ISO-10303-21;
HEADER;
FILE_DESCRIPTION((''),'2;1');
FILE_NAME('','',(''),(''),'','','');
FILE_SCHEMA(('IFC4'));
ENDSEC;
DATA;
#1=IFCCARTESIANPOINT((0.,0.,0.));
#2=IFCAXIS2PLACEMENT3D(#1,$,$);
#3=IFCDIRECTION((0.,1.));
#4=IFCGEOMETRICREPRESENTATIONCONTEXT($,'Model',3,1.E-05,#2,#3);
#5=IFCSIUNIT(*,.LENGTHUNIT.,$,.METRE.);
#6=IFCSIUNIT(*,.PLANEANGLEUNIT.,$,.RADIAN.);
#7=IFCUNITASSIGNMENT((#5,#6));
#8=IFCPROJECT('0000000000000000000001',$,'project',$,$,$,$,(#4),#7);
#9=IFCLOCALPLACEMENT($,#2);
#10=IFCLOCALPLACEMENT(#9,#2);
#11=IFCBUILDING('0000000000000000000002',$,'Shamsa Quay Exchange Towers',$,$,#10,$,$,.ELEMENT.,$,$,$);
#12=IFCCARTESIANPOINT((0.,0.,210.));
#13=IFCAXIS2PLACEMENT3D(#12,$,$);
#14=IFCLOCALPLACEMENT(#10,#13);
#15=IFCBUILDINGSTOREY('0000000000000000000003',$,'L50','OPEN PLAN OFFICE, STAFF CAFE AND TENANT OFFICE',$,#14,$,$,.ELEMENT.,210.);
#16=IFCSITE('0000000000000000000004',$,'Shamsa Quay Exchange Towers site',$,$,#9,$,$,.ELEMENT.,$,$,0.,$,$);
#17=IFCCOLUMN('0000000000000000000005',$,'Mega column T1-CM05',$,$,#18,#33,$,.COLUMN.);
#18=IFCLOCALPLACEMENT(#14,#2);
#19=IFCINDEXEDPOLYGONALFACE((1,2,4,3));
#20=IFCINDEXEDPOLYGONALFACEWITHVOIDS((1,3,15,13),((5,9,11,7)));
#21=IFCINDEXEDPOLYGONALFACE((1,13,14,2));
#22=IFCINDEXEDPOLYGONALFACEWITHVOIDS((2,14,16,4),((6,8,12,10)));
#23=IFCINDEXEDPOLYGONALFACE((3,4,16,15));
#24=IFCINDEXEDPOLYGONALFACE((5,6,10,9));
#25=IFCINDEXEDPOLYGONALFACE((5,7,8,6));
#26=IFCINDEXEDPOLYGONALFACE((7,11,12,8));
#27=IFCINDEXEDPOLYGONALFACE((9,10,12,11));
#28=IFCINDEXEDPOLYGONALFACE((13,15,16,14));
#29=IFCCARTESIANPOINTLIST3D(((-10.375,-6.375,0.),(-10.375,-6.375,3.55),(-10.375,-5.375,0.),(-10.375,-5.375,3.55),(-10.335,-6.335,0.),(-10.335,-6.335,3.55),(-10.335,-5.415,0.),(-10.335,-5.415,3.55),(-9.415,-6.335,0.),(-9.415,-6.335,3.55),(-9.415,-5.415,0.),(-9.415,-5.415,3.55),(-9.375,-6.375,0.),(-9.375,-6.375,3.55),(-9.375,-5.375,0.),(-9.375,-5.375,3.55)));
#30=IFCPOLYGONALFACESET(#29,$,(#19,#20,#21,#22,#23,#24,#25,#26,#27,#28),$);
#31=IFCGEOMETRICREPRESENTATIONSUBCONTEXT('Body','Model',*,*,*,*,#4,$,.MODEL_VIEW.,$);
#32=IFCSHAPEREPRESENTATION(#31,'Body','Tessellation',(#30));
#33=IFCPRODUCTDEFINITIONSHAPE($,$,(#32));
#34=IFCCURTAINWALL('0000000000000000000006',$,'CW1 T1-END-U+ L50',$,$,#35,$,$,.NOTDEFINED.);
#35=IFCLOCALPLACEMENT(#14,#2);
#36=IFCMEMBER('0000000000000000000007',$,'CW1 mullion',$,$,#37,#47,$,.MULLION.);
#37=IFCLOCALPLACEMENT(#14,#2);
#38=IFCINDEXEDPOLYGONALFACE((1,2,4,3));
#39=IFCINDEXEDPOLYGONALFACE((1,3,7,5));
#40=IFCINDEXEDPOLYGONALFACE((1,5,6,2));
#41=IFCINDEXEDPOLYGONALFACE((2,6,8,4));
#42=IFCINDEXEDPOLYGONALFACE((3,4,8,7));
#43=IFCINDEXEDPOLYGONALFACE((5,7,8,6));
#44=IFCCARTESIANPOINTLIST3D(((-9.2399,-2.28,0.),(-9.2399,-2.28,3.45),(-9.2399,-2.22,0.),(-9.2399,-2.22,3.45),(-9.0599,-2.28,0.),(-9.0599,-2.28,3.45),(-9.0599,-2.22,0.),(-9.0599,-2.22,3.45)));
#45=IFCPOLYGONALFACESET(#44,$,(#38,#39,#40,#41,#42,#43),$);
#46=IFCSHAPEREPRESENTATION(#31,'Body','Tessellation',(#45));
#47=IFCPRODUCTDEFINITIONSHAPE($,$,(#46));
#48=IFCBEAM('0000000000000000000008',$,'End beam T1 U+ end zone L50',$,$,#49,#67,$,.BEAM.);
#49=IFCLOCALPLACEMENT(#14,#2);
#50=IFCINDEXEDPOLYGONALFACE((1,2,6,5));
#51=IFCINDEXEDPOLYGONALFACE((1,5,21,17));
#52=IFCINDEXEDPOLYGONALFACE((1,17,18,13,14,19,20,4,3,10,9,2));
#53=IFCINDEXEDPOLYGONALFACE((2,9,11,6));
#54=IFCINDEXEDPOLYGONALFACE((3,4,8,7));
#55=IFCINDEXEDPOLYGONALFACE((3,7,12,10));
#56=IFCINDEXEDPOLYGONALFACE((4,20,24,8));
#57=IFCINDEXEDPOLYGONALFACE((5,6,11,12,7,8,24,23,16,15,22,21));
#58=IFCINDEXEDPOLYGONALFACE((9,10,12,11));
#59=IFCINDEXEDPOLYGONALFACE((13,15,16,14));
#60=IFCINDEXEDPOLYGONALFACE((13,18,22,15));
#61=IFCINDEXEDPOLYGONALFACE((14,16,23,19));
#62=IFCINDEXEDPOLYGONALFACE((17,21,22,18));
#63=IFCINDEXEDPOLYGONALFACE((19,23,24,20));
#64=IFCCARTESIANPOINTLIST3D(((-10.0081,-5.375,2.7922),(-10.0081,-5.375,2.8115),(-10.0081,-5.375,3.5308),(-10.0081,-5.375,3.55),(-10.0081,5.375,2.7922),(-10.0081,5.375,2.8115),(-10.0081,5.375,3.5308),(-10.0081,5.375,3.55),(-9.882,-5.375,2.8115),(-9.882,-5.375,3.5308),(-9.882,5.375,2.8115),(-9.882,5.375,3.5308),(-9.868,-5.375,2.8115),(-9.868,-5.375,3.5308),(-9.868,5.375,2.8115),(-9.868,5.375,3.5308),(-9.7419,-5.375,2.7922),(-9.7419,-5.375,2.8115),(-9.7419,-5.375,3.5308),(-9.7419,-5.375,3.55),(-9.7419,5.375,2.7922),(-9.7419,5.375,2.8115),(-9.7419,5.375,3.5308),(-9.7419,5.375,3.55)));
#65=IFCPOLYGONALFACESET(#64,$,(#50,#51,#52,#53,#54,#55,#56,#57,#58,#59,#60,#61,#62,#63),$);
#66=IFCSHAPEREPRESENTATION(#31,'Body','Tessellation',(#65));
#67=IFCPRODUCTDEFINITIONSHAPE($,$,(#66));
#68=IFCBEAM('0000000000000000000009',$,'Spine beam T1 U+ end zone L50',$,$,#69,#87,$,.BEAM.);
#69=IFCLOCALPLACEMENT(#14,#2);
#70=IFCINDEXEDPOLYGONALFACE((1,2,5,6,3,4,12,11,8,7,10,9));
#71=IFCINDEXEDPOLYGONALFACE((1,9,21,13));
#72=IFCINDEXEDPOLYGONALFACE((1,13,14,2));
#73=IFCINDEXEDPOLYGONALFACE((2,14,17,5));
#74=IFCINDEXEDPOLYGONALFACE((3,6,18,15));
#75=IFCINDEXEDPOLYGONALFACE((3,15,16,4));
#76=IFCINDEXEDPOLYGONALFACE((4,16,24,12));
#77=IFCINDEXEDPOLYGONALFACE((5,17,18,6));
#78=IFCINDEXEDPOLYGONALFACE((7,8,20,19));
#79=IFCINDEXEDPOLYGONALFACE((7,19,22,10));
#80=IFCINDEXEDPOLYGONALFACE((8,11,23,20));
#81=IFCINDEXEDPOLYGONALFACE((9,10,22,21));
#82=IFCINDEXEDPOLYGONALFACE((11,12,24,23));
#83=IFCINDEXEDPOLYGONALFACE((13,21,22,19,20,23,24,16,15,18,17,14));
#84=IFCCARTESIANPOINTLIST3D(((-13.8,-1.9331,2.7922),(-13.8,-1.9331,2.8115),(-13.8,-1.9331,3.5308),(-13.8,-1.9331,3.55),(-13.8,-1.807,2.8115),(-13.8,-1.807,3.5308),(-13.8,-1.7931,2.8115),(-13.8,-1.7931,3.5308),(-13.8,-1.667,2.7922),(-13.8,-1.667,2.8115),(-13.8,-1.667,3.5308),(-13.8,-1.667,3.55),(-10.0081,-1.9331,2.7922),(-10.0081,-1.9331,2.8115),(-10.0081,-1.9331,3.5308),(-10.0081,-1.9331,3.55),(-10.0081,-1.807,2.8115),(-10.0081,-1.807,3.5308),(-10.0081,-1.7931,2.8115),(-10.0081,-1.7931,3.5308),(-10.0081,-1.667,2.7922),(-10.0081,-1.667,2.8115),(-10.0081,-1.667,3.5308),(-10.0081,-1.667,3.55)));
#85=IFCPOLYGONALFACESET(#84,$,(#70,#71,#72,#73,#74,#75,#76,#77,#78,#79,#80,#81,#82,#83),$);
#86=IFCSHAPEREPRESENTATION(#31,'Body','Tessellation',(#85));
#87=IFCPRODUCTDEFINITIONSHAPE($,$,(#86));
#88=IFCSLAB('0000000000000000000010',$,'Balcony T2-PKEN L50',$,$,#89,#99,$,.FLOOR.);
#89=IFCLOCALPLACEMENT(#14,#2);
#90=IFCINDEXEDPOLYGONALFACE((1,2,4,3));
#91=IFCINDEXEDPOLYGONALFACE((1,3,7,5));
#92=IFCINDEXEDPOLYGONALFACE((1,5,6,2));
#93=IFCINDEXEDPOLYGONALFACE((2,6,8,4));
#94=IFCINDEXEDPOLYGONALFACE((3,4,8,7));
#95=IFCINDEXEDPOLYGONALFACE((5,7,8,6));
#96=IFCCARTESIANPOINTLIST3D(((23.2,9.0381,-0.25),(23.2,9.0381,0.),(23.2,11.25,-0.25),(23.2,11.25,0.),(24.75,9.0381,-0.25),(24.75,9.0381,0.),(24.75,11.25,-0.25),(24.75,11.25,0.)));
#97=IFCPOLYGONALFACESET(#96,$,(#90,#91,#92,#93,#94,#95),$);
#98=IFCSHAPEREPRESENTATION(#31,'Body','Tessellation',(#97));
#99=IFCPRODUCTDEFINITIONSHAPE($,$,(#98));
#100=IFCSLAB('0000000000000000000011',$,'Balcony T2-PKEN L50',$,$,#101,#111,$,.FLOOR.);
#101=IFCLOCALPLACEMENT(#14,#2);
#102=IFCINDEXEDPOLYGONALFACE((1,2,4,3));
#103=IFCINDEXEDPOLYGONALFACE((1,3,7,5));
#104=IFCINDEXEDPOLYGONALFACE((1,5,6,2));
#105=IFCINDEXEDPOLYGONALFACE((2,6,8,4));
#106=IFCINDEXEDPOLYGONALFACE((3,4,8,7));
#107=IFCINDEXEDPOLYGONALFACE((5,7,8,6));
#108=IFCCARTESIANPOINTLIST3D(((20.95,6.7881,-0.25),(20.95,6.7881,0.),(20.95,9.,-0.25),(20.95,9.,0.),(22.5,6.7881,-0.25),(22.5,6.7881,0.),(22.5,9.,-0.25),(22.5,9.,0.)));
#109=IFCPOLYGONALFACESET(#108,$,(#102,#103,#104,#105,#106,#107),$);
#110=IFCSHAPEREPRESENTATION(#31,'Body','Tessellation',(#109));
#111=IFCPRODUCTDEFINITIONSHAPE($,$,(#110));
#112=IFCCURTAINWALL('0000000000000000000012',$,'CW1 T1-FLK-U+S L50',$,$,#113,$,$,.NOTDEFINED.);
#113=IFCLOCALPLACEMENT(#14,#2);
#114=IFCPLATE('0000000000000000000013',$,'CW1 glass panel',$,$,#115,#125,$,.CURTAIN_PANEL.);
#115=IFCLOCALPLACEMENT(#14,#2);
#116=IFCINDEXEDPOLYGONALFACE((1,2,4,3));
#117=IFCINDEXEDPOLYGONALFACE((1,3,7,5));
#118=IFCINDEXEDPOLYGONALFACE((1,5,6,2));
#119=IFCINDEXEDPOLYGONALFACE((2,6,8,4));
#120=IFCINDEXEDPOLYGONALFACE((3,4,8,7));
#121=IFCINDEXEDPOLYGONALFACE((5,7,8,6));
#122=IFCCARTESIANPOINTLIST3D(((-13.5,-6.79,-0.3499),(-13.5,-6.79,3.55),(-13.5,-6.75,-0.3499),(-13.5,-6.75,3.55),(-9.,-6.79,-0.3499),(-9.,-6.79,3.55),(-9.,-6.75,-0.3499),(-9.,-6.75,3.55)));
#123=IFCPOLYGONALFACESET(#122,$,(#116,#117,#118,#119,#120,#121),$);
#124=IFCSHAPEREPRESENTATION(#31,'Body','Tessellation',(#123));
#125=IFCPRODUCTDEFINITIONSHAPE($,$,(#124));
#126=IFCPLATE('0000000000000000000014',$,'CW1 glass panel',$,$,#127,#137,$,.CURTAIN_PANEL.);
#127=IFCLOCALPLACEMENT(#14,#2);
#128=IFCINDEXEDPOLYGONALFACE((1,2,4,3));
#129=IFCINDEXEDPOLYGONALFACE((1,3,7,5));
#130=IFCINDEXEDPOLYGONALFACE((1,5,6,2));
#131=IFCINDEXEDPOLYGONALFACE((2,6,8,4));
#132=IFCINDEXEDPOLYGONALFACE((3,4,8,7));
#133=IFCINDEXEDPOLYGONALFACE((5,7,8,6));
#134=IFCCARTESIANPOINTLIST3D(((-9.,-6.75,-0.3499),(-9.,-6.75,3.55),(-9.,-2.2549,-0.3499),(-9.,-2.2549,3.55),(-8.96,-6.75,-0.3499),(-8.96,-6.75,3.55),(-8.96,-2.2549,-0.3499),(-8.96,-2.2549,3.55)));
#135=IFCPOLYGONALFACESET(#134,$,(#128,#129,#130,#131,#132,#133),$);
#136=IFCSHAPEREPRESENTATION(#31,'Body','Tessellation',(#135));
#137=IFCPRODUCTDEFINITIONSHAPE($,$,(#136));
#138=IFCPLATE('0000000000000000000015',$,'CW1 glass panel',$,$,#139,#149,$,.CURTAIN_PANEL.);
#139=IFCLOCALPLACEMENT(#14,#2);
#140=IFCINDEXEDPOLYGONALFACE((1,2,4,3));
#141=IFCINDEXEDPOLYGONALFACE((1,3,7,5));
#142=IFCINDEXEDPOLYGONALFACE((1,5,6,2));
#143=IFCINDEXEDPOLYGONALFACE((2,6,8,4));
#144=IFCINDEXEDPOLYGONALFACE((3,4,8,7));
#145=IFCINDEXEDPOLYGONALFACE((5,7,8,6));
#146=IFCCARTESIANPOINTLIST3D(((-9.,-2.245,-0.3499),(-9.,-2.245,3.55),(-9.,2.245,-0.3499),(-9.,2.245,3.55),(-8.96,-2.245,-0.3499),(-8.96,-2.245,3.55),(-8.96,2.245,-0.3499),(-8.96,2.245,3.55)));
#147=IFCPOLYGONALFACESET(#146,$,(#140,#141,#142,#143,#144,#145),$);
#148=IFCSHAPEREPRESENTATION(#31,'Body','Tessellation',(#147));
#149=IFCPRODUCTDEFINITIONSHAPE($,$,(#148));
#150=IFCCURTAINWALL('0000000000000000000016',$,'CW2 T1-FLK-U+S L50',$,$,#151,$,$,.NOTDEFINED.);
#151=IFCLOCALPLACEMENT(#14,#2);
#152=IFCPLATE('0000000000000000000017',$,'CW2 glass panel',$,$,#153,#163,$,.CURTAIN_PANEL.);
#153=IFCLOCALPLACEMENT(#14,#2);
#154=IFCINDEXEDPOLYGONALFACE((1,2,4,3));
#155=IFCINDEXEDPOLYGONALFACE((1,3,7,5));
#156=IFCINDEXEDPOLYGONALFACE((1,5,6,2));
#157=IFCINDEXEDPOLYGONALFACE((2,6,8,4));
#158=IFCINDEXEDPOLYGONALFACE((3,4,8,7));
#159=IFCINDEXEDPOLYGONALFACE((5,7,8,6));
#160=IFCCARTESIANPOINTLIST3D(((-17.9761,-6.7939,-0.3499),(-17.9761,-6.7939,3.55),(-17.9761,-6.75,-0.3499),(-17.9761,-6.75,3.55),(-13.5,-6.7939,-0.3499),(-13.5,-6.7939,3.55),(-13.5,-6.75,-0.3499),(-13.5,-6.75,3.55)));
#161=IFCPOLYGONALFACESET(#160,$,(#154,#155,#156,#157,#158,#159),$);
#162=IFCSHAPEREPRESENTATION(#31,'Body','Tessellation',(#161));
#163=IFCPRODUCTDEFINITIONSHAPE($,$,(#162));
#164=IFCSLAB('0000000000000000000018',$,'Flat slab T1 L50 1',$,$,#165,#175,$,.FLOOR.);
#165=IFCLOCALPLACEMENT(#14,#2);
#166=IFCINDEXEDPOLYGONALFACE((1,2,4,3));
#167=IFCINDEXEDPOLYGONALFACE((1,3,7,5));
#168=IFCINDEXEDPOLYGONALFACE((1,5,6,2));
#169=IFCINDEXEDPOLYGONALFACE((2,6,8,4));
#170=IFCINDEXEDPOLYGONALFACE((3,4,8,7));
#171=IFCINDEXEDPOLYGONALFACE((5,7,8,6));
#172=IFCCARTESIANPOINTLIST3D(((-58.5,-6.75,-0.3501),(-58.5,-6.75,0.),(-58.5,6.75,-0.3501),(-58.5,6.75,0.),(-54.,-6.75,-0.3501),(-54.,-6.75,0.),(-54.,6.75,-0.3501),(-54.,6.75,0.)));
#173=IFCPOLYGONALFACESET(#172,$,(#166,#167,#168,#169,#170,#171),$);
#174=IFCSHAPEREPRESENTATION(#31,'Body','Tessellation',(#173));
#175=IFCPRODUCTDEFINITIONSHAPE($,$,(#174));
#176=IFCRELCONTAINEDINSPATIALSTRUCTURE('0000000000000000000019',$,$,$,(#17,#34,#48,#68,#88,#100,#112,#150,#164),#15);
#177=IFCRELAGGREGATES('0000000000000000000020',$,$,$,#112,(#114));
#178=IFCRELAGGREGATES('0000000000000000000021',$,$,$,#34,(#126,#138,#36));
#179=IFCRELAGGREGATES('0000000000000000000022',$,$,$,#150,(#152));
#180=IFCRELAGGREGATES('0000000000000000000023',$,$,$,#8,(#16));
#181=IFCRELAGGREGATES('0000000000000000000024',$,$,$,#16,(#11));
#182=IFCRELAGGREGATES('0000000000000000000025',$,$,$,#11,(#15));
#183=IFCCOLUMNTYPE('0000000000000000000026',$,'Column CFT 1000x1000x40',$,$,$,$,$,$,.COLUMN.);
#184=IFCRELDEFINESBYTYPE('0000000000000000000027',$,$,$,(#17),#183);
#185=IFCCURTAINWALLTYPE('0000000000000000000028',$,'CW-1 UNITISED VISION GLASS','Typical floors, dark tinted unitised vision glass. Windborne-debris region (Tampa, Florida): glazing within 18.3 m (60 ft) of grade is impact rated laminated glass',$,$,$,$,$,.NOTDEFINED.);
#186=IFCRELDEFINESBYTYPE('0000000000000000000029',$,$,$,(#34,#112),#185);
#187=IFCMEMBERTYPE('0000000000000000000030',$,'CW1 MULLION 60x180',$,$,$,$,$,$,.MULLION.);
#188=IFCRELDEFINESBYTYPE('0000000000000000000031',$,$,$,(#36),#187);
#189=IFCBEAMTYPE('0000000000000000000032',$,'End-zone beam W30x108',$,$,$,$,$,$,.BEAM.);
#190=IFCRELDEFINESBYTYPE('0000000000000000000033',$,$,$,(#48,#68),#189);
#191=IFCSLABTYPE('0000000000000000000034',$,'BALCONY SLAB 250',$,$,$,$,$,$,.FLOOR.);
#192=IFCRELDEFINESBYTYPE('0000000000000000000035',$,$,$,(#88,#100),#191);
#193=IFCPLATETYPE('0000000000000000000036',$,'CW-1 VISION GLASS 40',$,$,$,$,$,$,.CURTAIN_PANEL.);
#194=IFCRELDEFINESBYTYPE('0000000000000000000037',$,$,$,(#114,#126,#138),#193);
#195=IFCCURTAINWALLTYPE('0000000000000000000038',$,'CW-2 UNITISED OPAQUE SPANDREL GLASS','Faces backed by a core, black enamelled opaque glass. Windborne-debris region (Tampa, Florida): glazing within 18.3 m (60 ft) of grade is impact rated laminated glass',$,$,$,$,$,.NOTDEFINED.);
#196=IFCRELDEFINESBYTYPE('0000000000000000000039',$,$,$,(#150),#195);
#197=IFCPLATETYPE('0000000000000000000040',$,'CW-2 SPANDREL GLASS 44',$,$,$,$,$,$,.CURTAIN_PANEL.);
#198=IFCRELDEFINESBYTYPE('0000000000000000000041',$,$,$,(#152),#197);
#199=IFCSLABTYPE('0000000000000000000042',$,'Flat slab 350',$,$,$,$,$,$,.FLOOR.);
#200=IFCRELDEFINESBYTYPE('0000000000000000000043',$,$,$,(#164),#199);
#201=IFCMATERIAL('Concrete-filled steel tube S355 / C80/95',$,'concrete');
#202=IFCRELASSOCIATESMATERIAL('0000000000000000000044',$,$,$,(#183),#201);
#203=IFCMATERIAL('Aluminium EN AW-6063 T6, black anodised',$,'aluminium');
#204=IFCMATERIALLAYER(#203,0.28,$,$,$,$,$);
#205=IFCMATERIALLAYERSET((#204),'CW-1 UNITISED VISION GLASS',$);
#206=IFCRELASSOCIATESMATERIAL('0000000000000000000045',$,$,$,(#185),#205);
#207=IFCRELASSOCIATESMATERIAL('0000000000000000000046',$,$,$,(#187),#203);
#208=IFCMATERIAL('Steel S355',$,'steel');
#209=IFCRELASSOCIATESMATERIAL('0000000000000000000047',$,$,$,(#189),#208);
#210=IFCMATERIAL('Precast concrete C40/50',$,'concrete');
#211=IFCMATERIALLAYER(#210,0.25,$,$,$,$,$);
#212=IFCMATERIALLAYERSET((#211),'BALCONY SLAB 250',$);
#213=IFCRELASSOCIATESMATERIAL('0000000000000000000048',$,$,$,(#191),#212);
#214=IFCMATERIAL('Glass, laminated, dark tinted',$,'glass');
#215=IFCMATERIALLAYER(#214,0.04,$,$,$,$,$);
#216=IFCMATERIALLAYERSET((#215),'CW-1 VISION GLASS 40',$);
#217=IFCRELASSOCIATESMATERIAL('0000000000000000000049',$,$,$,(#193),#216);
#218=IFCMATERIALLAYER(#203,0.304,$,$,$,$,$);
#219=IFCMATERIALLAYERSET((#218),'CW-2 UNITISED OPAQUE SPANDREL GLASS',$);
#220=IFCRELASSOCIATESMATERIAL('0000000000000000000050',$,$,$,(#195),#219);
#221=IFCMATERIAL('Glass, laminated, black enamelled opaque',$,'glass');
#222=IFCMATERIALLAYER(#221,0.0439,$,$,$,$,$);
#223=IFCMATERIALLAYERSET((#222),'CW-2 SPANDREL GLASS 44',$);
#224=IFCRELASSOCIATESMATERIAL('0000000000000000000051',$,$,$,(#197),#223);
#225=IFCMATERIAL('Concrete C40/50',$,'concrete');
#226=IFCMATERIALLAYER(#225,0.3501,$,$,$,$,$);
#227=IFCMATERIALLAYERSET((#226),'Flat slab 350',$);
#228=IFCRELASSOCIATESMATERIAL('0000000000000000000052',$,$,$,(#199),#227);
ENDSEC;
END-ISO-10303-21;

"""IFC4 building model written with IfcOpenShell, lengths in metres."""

from ifc_helpers import new_model, si_unit, direction, frame, origin, origin_2d, place, context, subcontext, project, spatial, polyline, rectangle, hollow_rectangle, i_section, outline, extrude, material, layer, layer_set, material_profile, profile_set, type_object, element, aggregate, save


model = new_model("IFC4")

# Units and contexts
model_context = context("Model", 3, precision=1e-05, world=origin(), true_north=direction((0.0, 1.0)))
body_context = subcontext(model_context, "Body", "Model", "MODEL_VIEW")
ifc_project = project(units=[si_unit("LENGTHUNIT", "METRE"), si_unit("PLANEANGLEUNIT", "RADIAN")], contexts=[model_context])

# Site, building, storey
site_placement = place(None, origin())
site = spatial("IfcSite", under=ifc_project, at=site_placement, Name="Shamsa Quay Exchange Towers site", CompositionType="ELEMENT", RefElevation=0.0)
building_placement = place(site_placement, origin())
building = spatial("IfcBuilding", under=site, at=building_placement, Name="Shamsa Quay Exchange Towers", CompositionType="ELEMENT")
storey_placement = place(building_placement, frame((0.0, 0.0, 210.0)))
storey = spatial("IfcBuildingStorey", under=building, at=storey_placement, Name="L50", Description="OPEN PLAN OFFICE, STAFF CAFE AND TENANT OFFICE", CompositionType="ELEMENT", Elevation=210.0)

# Column
ifc_material_1 = material(Name="Concrete-filled steel tube S355 / C80/95", Category="concrete")
ifc_material_profile_1 = material_profile(ifc_material_1, hollow_rectangle(XDim=1.0, YDim=1.0, WallThickness=0.04, at=origin_2d()), Name="CFT 1000x1000x40")
ifc_profile_set_1 = profile_set([ifc_material_profile_1], Name="Concrete-filled steel tube S355 / C80/95")
column_type = type_object("IfcColumnType", Name="Column CFT 1000x1000x40", PredefinedType="COLUMN", material=ifc_profile_set_1)
column_placement = place(storey_placement, frame((-9.875, -5.875, 0.0)))
element("IfcColumn", 1, at=column_placement, inside=storey, type_object=column_type, Name="Mega column T1-CM05", PredefinedType="COLUMN", context=body_context, shape_type="SweptSolid", body=[
    extrude(hollow_rectangle(XDim=1.0, YDim=1.0, WallThickness=0.04, at=origin_2d()), origin(), (0.0, 0.0, 1.0), 3.55),
])

# Curtain wall, member
ifc_material_2 = material(Name="Aluminium EN AW-6063 T6, black anodised", Category="aluminium")
ifc_layer_1 = layer(ifc_material_2, 0.28)
ifc_layer_set_1 = layer_set([ifc_layer_1], Name="CW-1 UNITISED VISION GLASS")
curtain_wall_type_1 = type_object("IfcCurtainWallType", Name="CW-1 UNITISED VISION GLASS", Description="Typical floors, dark tinted unitised vision glass. Windborne-debris region (Tampa, Florida): glazing within 18.3 m (60 ft) of grade is impact rated laminated glass", PredefinedType="NOTDEFINED", material=ifc_layer_set_1)
curtain_wall_1_placement = place(storey_placement, origin())
curtain_wall_1 = element("IfcCurtainWall", 2, at=curtain_wall_1_placement, inside=storey, type_object=curtain_wall_type_1, Name="CW1 T1-END-U+ L50", PredefinedType="NOTDEFINED")
ifc_material_profile_2 = material_profile(ifc_material_2, rectangle(XDim=0.1799, YDim=0.0601, at=origin_2d()), Name="MU60x180")
ifc_profile_set_2 = profile_set([ifc_material_profile_2], Name="Aluminium EN AW-6063 T6, black anodised")
member_type = type_object("IfcMemberType", Name="CW1 MULLION 60x180", PredefinedType="MULLION", material=ifc_profile_set_2)
member_placement = place(storey_placement, frame((-9.1499, -2.25, 0.0), z_axis=(0.0, 0.0, 1.0), x_axis=(-1.0, 0.0, 0.0)))
member = element("IfcMember", 3, at=member_placement, type_object=member_type, Name="CW1 mullion", PredefinedType="MULLION", context=body_context, shape_type="SweptSolid", body=[
    extrude(rectangle(XDim=0.1799, YDim=0.0601, at=origin_2d()), origin(), (0.0, 0.0, 1.0), 3.45),
])

# Beams
ifc_material_3 = material(Name="Steel S355", Category="steel")
ifc_material_profile_3 = material_profile(ifc_material_3, i_section(OverallWidth=0.2661, OverallDepth=0.7578, WebThickness=0.0139, FlangeThickness=0.0193, at=origin_2d()), Name="W30x108")
ifc_profile_set_3 = profile_set([ifc_material_profile_3], Name="Steel S355")
beam_type = type_object("IfcBeamType", Name="End-zone beam W30x108", PredefinedType="BEAM", material=ifc_profile_set_3)
beam_1_placement = place(storey_placement, frame((-9.875, -5.375, 3.1711), z_axis=(0.0, 1.0, 0.0), x_axis=(-1.0, 0.0, 0.0)))
element("IfcBeam", 4, at=beam_1_placement, inside=storey, type_object=beam_type, Name="End beam T1 U+ end zone L50", PredefinedType="BEAM", context=body_context, shape_type="SweptSolid", body=[
    extrude(i_section(OverallWidth=0.2661, OverallDepth=0.7578, WebThickness=0.0139, FlangeThickness=0.0193, at=origin_2d()), origin(), (0.0, 0.0, 1.0), 10.75),
])
beam_2_placement = place(storey_placement, frame((-13.8, -1.8, 3.1711), z_axis=(1.0, 0.0, 0.0), x_axis=(0.0, 1.0, 0.0)))
element("IfcBeam", 5, at=beam_2_placement, inside=storey, type_object=beam_type, Name="Spine beam T1 U+ end zone L50", PredefinedType="BEAM", context=body_context, shape_type="SweptSolid", body=[
    extrude(i_section(OverallWidth=0.2661, OverallDepth=0.7578, WebThickness=0.0139, FlangeThickness=0.0193, at=origin_2d()), origin(), (0.0, 0.0, 1.0), 3.792),
])

# Slabs
ifc_material_4 = material(Name="Precast concrete C40/50", Category="concrete")
ifc_layer_2 = layer(ifc_material_4, 0.25)
ifc_layer_set_2 = layer_set([ifc_layer_2], Name="BALCONY SLAB 250")
slab_type_1 = type_object("IfcSlabType", Name="BALCONY SLAB 250", PredefinedType="FLOOR", material=ifc_layer_set_2)
slab_1_placement = place(storey_placement, frame((0.0, 0.0, -0.25)))
element("IfcSlab", 6, at=slab_1_placement, inside=storey, type_object=slab_type_1, Name="Balcony T2-PKEN L50", PredefinedType="FLOOR", context=body_context, shape_type="SweptSolid", body=[
    extrude(outline(polyline([(24.75, 11.25), (24.75, 9.0381), (23.2, 9.0381), (23.2, 11.25), (24.75, 11.25)])), origin(), (0.0, 0.0, 1.0), 0.25),
])
slab_2_placement = place(storey_placement, frame((0.0, 0.0, -0.25)))
element("IfcSlab", 7, at=slab_2_placement, inside=storey, type_object=slab_type_1, Name="Balcony T2-PKEN L50", PredefinedType="FLOOR", context=body_context, shape_type="SweptSolid", body=[
    extrude(outline(polyline([(22.5, 9.0), (22.5, 6.7881), (20.95, 6.7881), (20.95, 9.0), (22.5, 9.0)])), origin(), (0.0, 0.0, 1.0), 0.25),
])

# Curtain wall, plate
curtain_wall_2_placement = place(storey_placement, origin())
curtain_wall_2 = element("IfcCurtainWall", 8, at=curtain_wall_2_placement, inside=storey, type_object=curtain_wall_type_1, Name="CW1 T1-FLK-U+S L50", PredefinedType="NOTDEFINED")
ifc_material_5 = material(Name="Glass, laminated, dark tinted", Category="glass")
ifc_layer_3 = layer(ifc_material_5, 0.04)
ifc_layer_set_3 = layer_set([ifc_layer_3], Name="CW-1 VISION GLASS 40")
plate_type_1 = type_object("IfcPlateType", Name="CW-1 VISION GLASS 40", PredefinedType="CURTAIN_PANEL", material=ifc_layer_set_3)
plate_1_placement = place(storey_placement, frame((-11.25, -6.77, -0.3499)))
plate_1 = element("IfcPlate", 9, at=plate_1_placement, type_object=plate_type_1, Name="CW1 glass panel", PredefinedType="CURTAIN_PANEL", context=body_context, shape_type="SweptSolid", body=[
    extrude(rectangle(XDim=4.5, YDim=0.04, at=origin_2d()), origin(), (0.0, 0.0, 1.0), 3.8999),
])
aggregate(curtain_wall_2, [plate_1])

# Plates
plate_2_placement = place(storey_placement, frame((-8.98, -4.5024, -0.3499), z_axis=(0.0, 0.0, 1.0), x_axis=(0.0, 1.0, 0.0)))
plate_2 = element("IfcPlate", 10, at=plate_2_placement, type_object=plate_type_1, Name="CW1 glass panel", PredefinedType="CURTAIN_PANEL", context=body_context, shape_type="SweptSolid", body=[
    extrude(rectangle(XDim=4.4951, YDim=0.04, at=origin_2d()), origin(), (0.0, 0.0, 1.0), 3.8999),
])
plate_3_placement = place(storey_placement, frame((-8.98, 0.0, -0.3499), z_axis=(0.0, 0.0, 1.0), x_axis=(0.0, 1.0, 0.0)))
plate_3 = element("IfcPlate", 11, at=plate_3_placement, type_object=plate_type_1, Name="CW1 glass panel", PredefinedType="CURTAIN_PANEL", context=body_context, shape_type="SweptSolid", body=[
    extrude(rectangle(XDim=4.49, YDim=0.04, at=origin_2d()), origin(), (0.0, 0.0, 1.0), 3.8999),
])
aggregate(curtain_wall_1, [plate_2, plate_3, member])

# Curtain wall, plate
ifc_layer_4 = layer(ifc_material_2, 0.304)
ifc_layer_set_4 = layer_set([ifc_layer_4], Name="CW-2 UNITISED OPAQUE SPANDREL GLASS")
curtain_wall_type_2 = type_object("IfcCurtainWallType", Name="CW-2 UNITISED OPAQUE SPANDREL GLASS", Description="Faces backed by a core, black enamelled opaque glass. Windborne-debris region (Tampa, Florida): glazing within 18.3 m (60 ft) of grade is impact rated laminated glass", PredefinedType="NOTDEFINED", material=ifc_layer_set_4)
curtain_wall_3_placement = place(storey_placement, origin())
curtain_wall_3 = element("IfcCurtainWall", 12, at=curtain_wall_3_placement, inside=storey, type_object=curtain_wall_type_2, Name="CW2 T1-FLK-U+S L50", PredefinedType="NOTDEFINED")
ifc_material_6 = material(Name="Glass, laminated, black enamelled opaque", Category="glass")
ifc_layer_5 = layer(ifc_material_6, 0.0439)
ifc_layer_set_5 = layer_set([ifc_layer_5], Name="CW-2 SPANDREL GLASS 44")
plate_type_2 = type_object("IfcPlateType", Name="CW-2 SPANDREL GLASS 44", PredefinedType="CURTAIN_PANEL", material=ifc_layer_set_5)
plate_4_placement = place(storey_placement, frame((-15.738, -6.772, -0.3499)))
plate_4 = element("IfcPlate", 13, at=plate_4_placement, type_object=plate_type_2, Name="CW2 glass panel", PredefinedType="CURTAIN_PANEL", context=body_context, shape_type="SweptSolid", body=[
    extrude(rectangle(XDim=4.4761, YDim=0.0439, at=origin_2d()), origin(), (0.0, 0.0, 1.0), 3.8999),
])
aggregate(curtain_wall_3, [plate_4])

# Slab
ifc_material_7 = material(Name="Concrete C40/50", Category="concrete")
ifc_layer_6 = layer(ifc_material_7, 0.3501)
ifc_layer_set_6 = layer_set([ifc_layer_6], Name="Flat slab 350")
slab_type_2 = type_object("IfcSlabType", Name="Flat slab 350", PredefinedType="FLOOR", material=ifc_layer_set_6)
slab_3_placement = place(storey_placement, frame((0.0, 0.0, -0.3501)))
element("IfcSlab", 14, at=slab_3_placement, inside=storey, type_object=slab_type_2, Name="Flat slab T1 L50 1", PredefinedType="FLOOR", context=body_context, shape_type="SweptSolid", body=[
    extrude(outline(polyline([(-58.5, -6.75), (-54.0, -6.75), (-54.0, 6.75), (-58.5, 6.75), (-58.5, -6.75)])), origin(), (0.0, 0.0, 1.0), 0.3501),
])

save(model, "model.ifc")
